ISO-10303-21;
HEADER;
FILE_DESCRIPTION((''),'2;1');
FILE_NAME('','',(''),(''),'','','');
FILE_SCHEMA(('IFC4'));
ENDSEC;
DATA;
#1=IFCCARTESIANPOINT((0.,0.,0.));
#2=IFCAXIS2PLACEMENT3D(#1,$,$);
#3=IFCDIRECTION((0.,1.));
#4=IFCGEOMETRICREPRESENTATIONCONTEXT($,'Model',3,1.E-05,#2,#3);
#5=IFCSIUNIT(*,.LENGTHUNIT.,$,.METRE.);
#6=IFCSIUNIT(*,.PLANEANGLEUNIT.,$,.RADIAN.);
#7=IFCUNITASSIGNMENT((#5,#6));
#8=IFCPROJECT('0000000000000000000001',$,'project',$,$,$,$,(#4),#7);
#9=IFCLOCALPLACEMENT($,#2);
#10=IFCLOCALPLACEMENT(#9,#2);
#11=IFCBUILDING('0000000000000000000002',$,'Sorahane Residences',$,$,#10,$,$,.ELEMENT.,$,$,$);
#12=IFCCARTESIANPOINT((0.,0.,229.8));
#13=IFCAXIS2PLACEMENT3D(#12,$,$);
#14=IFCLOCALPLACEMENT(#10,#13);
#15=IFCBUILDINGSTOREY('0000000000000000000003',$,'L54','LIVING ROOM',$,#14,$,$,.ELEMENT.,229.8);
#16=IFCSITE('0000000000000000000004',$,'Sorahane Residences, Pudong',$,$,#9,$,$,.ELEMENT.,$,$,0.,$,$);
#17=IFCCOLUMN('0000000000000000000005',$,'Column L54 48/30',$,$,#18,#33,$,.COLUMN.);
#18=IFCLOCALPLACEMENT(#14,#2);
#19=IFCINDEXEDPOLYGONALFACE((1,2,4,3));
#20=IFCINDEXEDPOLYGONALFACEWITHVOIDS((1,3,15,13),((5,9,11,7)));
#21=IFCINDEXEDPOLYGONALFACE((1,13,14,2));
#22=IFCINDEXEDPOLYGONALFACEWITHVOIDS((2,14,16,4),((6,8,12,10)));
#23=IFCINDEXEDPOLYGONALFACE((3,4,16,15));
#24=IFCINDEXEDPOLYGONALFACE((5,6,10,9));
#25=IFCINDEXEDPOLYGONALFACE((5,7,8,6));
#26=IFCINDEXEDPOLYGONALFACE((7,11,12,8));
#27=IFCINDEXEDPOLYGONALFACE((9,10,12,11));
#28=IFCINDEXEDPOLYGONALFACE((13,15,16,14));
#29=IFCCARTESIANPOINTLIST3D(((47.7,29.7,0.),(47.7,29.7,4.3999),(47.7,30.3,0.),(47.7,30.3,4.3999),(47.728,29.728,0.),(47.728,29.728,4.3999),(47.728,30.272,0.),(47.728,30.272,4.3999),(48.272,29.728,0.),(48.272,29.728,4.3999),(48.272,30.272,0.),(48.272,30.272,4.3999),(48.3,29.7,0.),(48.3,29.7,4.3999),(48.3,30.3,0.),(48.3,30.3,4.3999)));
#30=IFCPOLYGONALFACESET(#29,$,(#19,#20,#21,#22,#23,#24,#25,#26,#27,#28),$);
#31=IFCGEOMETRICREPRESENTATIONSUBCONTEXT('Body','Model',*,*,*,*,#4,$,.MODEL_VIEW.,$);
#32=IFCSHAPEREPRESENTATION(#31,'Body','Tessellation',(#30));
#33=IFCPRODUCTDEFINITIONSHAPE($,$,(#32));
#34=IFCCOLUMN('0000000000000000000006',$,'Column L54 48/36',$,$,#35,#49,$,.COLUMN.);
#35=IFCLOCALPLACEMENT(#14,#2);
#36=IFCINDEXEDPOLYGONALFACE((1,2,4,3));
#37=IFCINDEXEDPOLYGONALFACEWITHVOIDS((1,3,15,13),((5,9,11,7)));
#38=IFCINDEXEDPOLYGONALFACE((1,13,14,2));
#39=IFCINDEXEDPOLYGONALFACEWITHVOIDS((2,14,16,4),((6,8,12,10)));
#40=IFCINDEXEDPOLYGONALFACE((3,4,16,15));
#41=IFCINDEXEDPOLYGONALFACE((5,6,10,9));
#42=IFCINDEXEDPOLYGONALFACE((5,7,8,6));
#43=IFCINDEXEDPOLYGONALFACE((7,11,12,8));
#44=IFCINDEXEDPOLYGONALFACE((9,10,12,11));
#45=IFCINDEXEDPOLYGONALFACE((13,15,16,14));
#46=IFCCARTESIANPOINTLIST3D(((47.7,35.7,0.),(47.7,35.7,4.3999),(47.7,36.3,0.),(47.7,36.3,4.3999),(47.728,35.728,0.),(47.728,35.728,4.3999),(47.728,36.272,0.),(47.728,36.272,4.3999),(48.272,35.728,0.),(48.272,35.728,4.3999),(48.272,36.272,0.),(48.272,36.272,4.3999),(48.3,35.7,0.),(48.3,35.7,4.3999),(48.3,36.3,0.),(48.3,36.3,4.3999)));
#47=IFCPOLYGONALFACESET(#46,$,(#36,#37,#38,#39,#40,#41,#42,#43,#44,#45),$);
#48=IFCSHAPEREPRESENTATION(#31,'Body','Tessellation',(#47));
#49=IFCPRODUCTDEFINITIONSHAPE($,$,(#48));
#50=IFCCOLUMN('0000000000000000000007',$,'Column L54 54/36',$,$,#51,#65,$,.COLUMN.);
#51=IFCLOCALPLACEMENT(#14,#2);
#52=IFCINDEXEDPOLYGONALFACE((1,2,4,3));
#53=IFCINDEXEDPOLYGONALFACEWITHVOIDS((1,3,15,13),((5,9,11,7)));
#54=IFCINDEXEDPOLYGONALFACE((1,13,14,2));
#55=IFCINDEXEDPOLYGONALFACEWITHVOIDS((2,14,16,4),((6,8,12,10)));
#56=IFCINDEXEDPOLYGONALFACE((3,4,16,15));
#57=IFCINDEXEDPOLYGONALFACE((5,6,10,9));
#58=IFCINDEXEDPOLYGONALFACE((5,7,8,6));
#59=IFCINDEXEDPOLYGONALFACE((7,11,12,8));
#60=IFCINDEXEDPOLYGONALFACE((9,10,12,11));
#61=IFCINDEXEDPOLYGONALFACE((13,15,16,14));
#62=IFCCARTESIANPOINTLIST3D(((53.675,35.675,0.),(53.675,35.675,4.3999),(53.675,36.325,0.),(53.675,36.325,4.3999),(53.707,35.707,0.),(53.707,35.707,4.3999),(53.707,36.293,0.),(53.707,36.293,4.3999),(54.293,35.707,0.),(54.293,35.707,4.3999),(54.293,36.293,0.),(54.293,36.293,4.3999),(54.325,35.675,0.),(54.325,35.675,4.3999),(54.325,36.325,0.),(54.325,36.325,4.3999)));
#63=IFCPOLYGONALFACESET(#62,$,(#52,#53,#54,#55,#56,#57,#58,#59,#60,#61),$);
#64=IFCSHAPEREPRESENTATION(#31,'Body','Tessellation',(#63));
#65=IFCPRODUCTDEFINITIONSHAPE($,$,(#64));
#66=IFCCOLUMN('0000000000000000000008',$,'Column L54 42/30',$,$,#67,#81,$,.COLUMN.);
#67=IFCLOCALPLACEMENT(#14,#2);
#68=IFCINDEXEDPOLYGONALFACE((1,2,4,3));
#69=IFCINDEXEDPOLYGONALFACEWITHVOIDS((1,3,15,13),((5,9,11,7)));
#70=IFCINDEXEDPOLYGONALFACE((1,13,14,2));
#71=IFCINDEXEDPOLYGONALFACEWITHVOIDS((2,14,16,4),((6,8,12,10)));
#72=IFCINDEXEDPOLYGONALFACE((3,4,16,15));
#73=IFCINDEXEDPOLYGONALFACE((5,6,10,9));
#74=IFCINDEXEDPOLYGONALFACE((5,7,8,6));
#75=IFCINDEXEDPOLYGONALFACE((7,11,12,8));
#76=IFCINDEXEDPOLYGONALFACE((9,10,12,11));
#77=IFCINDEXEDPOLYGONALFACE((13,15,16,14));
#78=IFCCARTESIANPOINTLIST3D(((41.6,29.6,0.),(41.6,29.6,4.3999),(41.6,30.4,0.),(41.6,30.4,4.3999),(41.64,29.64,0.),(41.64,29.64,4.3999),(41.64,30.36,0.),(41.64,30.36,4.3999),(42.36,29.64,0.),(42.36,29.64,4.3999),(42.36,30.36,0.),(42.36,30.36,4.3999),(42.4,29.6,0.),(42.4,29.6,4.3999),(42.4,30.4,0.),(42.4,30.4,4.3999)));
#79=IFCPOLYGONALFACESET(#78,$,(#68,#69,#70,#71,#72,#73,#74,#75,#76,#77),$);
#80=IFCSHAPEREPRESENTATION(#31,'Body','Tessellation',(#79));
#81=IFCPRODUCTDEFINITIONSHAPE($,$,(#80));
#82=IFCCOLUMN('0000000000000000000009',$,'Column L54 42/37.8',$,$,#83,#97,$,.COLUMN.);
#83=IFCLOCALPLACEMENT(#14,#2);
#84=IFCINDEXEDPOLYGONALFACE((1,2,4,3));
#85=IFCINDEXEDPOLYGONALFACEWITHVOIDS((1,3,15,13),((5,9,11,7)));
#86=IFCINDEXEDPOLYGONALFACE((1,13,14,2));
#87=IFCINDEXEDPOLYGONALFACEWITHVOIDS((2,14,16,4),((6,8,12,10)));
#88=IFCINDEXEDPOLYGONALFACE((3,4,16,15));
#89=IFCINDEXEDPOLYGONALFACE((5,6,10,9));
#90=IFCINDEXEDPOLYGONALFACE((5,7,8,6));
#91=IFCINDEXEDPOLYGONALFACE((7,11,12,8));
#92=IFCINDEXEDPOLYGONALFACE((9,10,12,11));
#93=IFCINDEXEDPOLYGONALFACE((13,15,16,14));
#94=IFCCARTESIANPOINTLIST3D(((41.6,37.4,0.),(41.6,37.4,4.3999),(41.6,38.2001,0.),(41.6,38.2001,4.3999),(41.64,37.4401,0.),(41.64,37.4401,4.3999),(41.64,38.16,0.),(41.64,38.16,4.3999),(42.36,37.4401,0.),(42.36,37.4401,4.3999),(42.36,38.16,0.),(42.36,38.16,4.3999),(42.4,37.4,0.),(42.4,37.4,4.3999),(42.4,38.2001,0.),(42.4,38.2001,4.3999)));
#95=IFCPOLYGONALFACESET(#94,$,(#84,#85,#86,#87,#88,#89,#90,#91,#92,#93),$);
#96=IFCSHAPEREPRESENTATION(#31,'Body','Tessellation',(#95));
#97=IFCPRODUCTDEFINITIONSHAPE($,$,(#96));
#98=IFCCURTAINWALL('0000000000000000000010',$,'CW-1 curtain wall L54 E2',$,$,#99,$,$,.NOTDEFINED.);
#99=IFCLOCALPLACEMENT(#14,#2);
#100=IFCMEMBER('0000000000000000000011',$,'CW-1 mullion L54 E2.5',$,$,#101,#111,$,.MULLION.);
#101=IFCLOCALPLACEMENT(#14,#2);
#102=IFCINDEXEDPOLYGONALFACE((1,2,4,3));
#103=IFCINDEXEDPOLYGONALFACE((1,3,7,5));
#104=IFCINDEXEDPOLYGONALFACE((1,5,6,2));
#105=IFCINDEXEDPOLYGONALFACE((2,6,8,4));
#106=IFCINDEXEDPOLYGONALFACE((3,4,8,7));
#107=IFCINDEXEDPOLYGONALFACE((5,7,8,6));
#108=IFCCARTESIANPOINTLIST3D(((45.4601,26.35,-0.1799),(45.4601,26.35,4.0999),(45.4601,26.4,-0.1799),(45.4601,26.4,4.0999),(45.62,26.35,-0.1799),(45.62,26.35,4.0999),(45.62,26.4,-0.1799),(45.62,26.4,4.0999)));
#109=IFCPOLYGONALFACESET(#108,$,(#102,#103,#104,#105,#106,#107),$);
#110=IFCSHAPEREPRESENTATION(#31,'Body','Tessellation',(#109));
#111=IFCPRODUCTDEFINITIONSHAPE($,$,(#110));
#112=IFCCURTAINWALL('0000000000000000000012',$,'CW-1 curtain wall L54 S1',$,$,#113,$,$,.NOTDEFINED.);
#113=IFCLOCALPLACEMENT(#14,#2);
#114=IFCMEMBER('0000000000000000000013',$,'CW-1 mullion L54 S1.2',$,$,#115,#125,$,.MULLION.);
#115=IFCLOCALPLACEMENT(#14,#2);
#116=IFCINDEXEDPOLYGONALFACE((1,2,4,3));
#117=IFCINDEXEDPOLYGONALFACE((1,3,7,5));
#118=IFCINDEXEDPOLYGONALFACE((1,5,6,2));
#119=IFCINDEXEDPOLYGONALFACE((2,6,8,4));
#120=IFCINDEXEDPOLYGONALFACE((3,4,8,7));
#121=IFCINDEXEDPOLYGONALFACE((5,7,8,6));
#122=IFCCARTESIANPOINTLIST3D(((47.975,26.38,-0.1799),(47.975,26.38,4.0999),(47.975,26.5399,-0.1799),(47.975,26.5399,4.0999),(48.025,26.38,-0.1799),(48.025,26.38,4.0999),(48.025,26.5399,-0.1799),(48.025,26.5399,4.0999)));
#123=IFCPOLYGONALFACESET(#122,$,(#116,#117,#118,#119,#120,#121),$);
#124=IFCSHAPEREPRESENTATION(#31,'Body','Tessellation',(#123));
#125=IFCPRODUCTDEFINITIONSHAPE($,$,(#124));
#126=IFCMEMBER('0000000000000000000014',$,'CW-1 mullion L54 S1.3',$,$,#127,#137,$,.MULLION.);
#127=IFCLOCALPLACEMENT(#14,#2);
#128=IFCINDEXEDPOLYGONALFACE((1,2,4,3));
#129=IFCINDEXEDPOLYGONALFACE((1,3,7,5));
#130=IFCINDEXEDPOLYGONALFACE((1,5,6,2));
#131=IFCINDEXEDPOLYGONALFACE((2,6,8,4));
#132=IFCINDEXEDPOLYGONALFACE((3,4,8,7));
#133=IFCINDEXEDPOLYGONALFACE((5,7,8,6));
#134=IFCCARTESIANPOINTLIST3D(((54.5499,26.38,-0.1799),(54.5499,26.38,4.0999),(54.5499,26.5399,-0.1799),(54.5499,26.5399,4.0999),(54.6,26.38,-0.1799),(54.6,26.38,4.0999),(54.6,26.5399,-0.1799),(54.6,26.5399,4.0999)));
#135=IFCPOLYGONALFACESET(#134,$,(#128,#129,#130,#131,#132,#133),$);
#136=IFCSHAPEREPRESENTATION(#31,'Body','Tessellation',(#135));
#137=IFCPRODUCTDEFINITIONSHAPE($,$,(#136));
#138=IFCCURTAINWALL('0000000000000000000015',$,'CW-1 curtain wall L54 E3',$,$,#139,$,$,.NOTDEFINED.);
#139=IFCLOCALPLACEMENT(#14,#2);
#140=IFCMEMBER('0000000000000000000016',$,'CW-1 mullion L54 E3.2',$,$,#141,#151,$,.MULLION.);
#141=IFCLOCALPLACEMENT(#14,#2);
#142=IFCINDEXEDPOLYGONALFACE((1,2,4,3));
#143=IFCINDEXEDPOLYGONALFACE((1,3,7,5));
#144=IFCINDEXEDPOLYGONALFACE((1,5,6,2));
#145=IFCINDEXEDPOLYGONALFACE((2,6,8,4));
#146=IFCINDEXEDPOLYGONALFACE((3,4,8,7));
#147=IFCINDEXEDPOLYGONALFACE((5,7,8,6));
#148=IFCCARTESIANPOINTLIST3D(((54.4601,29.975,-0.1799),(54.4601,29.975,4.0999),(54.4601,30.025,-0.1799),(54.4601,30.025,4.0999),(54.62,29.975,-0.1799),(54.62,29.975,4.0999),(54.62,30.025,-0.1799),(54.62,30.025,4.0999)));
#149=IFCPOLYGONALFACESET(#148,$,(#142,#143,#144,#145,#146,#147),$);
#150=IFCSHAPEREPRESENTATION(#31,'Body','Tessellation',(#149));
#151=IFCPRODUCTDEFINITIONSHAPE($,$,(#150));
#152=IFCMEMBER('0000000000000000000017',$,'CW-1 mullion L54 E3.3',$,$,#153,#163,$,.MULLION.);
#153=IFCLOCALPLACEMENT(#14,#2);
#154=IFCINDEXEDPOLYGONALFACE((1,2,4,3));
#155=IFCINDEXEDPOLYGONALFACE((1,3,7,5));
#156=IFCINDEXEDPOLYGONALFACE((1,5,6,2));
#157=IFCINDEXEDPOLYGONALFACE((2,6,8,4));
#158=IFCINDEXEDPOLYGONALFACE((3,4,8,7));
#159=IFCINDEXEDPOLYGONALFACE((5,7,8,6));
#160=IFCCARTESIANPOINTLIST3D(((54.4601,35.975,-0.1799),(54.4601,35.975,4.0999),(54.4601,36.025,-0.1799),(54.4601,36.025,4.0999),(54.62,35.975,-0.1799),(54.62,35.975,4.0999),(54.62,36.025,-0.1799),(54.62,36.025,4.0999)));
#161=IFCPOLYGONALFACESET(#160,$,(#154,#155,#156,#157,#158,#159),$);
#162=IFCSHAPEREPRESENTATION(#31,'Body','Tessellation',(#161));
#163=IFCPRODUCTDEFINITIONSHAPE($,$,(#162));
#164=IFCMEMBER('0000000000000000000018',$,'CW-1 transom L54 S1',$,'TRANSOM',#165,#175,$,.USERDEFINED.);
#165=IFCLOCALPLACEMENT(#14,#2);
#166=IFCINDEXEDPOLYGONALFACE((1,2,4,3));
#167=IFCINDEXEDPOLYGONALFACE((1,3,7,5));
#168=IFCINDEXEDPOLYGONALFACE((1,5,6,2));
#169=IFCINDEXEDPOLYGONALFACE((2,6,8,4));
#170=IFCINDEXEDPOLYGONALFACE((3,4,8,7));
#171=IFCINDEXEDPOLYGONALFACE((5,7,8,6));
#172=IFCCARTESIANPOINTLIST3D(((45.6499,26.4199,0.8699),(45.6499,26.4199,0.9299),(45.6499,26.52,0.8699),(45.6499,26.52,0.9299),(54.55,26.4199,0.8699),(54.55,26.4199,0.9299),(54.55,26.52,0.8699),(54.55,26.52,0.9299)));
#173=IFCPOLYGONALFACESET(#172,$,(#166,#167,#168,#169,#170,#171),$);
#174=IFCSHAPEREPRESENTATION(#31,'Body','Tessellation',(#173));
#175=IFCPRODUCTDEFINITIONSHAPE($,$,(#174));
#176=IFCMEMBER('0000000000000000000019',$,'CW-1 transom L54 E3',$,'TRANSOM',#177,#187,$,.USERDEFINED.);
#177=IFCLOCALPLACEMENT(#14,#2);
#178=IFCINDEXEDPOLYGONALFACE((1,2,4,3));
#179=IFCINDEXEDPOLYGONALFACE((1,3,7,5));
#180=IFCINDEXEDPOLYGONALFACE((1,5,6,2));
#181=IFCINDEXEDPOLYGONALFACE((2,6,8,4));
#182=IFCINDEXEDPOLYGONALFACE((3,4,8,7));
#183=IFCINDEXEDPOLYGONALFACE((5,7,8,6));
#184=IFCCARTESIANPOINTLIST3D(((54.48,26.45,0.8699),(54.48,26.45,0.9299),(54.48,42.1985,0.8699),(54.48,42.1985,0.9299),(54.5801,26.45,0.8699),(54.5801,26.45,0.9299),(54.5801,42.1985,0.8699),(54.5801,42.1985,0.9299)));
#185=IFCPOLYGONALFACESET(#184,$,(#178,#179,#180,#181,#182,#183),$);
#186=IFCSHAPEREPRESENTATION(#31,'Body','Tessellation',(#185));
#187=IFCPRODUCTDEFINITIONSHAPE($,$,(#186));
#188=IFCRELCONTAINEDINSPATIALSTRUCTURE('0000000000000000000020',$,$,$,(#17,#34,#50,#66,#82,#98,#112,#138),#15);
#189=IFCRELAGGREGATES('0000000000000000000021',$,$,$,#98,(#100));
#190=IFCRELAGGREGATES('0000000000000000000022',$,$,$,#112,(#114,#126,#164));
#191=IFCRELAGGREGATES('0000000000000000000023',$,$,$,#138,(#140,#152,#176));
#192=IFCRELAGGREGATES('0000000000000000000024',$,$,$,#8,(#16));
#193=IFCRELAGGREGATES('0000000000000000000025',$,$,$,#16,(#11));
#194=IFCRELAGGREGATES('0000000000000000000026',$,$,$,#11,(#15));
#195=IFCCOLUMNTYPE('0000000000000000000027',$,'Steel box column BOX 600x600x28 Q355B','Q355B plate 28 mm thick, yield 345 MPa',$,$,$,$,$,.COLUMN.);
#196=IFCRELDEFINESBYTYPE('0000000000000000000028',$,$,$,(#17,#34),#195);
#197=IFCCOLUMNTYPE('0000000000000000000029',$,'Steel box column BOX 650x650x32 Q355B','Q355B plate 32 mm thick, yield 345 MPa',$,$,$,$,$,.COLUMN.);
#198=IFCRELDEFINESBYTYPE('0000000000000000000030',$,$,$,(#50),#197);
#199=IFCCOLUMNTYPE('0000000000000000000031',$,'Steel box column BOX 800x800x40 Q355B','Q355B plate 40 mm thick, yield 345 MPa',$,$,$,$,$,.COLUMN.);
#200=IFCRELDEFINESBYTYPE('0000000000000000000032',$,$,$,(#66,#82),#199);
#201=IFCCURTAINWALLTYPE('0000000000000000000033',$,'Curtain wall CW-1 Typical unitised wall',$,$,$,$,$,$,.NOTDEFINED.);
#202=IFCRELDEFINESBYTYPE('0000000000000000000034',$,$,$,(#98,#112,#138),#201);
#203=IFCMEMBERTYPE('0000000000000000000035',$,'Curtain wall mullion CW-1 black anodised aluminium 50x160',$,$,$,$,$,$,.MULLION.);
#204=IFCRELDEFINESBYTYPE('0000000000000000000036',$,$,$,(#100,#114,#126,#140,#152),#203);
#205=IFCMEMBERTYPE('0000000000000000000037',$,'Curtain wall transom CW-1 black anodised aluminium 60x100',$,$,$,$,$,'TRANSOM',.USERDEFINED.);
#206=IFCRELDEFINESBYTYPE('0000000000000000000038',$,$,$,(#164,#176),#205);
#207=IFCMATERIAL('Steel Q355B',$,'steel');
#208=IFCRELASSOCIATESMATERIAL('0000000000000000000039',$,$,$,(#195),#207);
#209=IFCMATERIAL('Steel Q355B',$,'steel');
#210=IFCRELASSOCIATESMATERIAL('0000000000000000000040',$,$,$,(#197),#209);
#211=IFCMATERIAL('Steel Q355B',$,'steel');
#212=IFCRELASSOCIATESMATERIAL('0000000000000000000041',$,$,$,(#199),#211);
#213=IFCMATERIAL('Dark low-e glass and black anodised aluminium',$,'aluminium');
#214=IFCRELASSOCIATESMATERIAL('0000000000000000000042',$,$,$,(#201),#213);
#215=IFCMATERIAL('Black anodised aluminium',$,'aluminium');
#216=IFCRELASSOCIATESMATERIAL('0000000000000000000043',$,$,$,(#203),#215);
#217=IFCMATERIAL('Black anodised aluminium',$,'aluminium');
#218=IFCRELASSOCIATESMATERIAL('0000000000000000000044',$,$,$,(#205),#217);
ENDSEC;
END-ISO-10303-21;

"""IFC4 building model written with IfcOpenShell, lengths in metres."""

from ifc_helpers import new_model, si_unit, direction, frame, origin, origin_2d, place, context, subcontext, project, spatial, rectangle, hollow_rectangle, extrude, material, material_profile, profile_set, type_object, element, aggregate, save


model = new_model("IFC4")

# Units and contexts
model_context = context("Model", 3, precision=1e-05, world=origin(), true_north=direction((0.0, 1.0)))
body_context = subcontext(model_context, "Body", "Model", "MODEL_VIEW")
ifc_project = project(units=[si_unit("LENGTHUNIT", "METRE"), si_unit("PLANEANGLEUNIT", "RADIAN")], contexts=[model_context])

# Site, building, storey
site_placement = place(None, origin())
site = spatial("IfcSite", under=ifc_project, at=site_placement, Name="Sorahane Residences, Pudong", CompositionType="ELEMENT", RefElevation=0.0)
building_placement = place(site_placement, origin())
building = spatial("IfcBuilding", under=site, at=building_placement, Name="Sorahane Residences", CompositionType="ELEMENT")
storey_placement = place(building_placement, frame((0.0, 0.0, 229.8)))
storey = spatial("IfcBuildingStorey", under=building, at=storey_placement, Name="L54", Description="LIVING ROOM", CompositionType="ELEMENT", Elevation=229.8)

# Columns
ifc_material_1 = material(Name="Steel Q355B", Category="steel")
ifc_material_profile_1 = material_profile(ifc_material_1, hollow_rectangle(XDim=0.6001, YDim=0.6001, WallThickness=0.0281, at=origin_2d()), Name="BOX 600x600x28")
ifc_profile_set_1 = profile_set([ifc_material_profile_1], Name="Steel Q355B")
column_type_1 = type_object("IfcColumnType", Name="Steel box column BOX 600x600x28 Q355B", Description="Q355B plate 28 mm thick, yield 345 MPa", PredefinedType="COLUMN", material=ifc_profile_set_1)
for number, where, z_axis, x_axis, name in (
    (1, (48.0, 30.0, 0.0), (0.0, 0.0, 1.0), (1.0, 0.0, 0.0), "Column L54 48/30"),
    (2, (48.0, 36.0, 0.0), (0.0, 0.0, 1.0), (1.0, 0.0, 0.0), "Column L54 48/36"),
):
    element("IfcColumn", number, at=place(storey_placement, frame(where, z_axis=z_axis, x_axis=x_axis)), inside=storey, type_object=column_type_1, Name=name, PredefinedType="COLUMN", context=body_context, shape_type="SweptSolid", body=[
        extrude(hollow_rectangle(XDim=0.6001, YDim=0.6001, WallThickness=0.0281, at=origin_2d()), origin(), (0.0, 0.0, 1.0), 4.3999),
    ])
ifc_material_2 = material(Name="Steel Q355B", Category="steel")
ifc_material_profile_2 = material_profile(ifc_material_2, hollow_rectangle(XDim=0.6499, YDim=0.6499, WallThickness=0.032, at=origin_2d()), Name="BOX 650x650x32")
ifc_profile_set_2 = profile_set([ifc_material_profile_2], Name="Steel Q355B")
column_type_2 = type_object("IfcColumnType", Name="Steel box column BOX 650x650x32 Q355B", Description="Q355B plate 32 mm thick, yield 345 MPa", PredefinedType="COLUMN", material=ifc_profile_set_2)
column_placement = place(storey_placement, frame((54.0, 36.0, 0.0), z_axis=(0.0, 0.0, 1.0), x_axis=(1.0, 0.0, 0.0)))
element("IfcColumn", 3, at=column_placement, inside=storey, type_object=column_type_2, Name="Column L54 54/36", PredefinedType="COLUMN", context=body_context, shape_type="SweptSolid", body=[
    extrude(hollow_rectangle(XDim=0.6499, YDim=0.6499, WallThickness=0.032, at=origin_2d()), origin(), (0.0, 0.0, 1.0), 4.3999),
])
ifc_material_3 = material(Name="Steel Q355B", Category="steel")
ifc_material_profile_3 = material_profile(ifc_material_3, hollow_rectangle(XDim=0.8, YDim=0.8, WallThickness=0.04, at=origin_2d()), Name="BOX 800x800x40")
ifc_profile_set_3 = profile_set([ifc_material_profile_3], Name="Steel Q355B")
column_type_3 = type_object("IfcColumnType", Name="Steel box column BOX 800x800x40 Q355B", Description="Q355B plate 40 mm thick, yield 345 MPa", PredefinedType="COLUMN", material=ifc_profile_set_3)
for number, where, z_axis, x_axis, name in (
    (4, (42.0, 30.0, 0.0), (0.0, 0.0, 1.0), (1.0, 0.0, 0.0), "Column L54 42/30"),
    (5, (42.0, 37.8, 0.0), (0.0, 0.0, 1.0), (1.0, 0.0, 0.0), "Column L54 42/37.8"),
):
    element("IfcColumn", number, at=place(storey_placement, frame(where, z_axis=z_axis, x_axis=x_axis)), inside=storey, type_object=column_type_3, Name=name, PredefinedType="COLUMN", context=body_context, shape_type="SweptSolid", body=[
        extrude(hollow_rectangle(XDim=0.8, YDim=0.8, WallThickness=0.04, at=origin_2d()), origin(), (0.0, 0.0, 1.0), 4.3999),
    ])

# Curtain wall, member
ifc_material_4 = material(Name="Dark low-e glass and black anodised aluminium", Category="aluminium")
curtain_wall_type = type_object("IfcCurtainWallType", Name="Curtain wall CW-1 Typical unitised wall", PredefinedType="NOTDEFINED", material=ifc_material_4)
curtain_wall_1_placement = place(storey_placement, origin())
curtain_wall_1 = element("IfcCurtainWall", 6, at=curtain_wall_1_placement, inside=storey, type_object=curtain_wall_type, Name="CW-1 curtain wall L54 E2", PredefinedType="NOTDEFINED")
ifc_material_5 = material(Name="Black anodised aluminium", Category="aluminium")
ifc_material_profile_4 = material_profile(ifc_material_5, rectangle(XDim=0.1599, YDim=0.05, at=origin_2d()), Name="Curtain wall mullion CW-1 black anodised aluminium 50x160")
ifc_profile_set_4 = profile_set([ifc_material_profile_4], Name="Black anodised aluminium")
member_type_1 = type_object("IfcMemberType", Name="Curtain wall mullion CW-1 black anodised aluminium 50x160", PredefinedType="MULLION", material=ifc_profile_set_4)
member_1_placement = place(storey_placement, frame((45.54, 26.375, -0.1799), z_axis=(0.0, 0.0, 1.0), x_axis=(1.0, 0.0, 0.0)))
member_1 = element("IfcMember", 7, at=member_1_placement, type_object=member_type_1, Name="CW-1 mullion L54 E2.5", PredefinedType="MULLION", context=body_context, shape_type="SweptSolid", body=[
    extrude(rectangle(XDim=0.1599, YDim=0.05, at=origin_2d()), origin(), (0.0, 0.0, 1.0), 4.2798),
])
aggregate(curtain_wall_1, [member_1])

# Curtain walls, members
curtain_wall_2_placement = place(storey_placement, origin())
curtain_wall_2 = element("IfcCurtainWall", 8, at=curtain_wall_2_placement, inside=storey, type_object=curtain_wall_type, Name="CW-1 curtain wall L54 S1", PredefinedType="NOTDEFINED")
member_2_placement = place(storey_placement, frame((48.0, 26.46, -0.1799), z_axis=(0.0, 0.0, 1.0), x_axis=(0.0, -1.0, 0.0)))
member_2 = element("IfcMember", 9, at=member_2_placement, type_object=member_type_1, Name="CW-1 mullion L54 S1.2", PredefinedType="MULLION", context=body_context, shape_type="SweptSolid", body=[
    extrude(rectangle(XDim=0.1599, YDim=0.05, at=origin_2d()), origin(), (0.0, 0.0, 1.0), 4.2798),
])
member_3_placement = place(storey_placement, frame((54.575, 26.46, -0.1799), z_axis=(0.0, 0.0, 1.0), x_axis=(0.0, -1.0, 0.0)))
member_3 = element("IfcMember", 10, at=member_3_placement, type_object=member_type_1, Name="CW-1 mullion L54 S1.3", PredefinedType="MULLION", context=body_context, shape_type="SweptSolid", body=[
    extrude(rectangle(XDim=0.1599, YDim=0.05, at=origin_2d()), origin(), (0.0, 0.0, 1.0), 4.2798),
])
curtain_wall_3_placement = place(storey_placement, origin())
curtain_wall_3 = element("IfcCurtainWall", 11, at=curtain_wall_3_placement, inside=storey, type_object=curtain_wall_type, Name="CW-1 curtain wall L54 E3", PredefinedType="NOTDEFINED")
member_4_placement = place(storey_placement, frame((54.54, 30.0, -0.1799), z_axis=(0.0, 0.0, 1.0), x_axis=(1.0, 0.0, 0.0)))
member_4 = element("IfcMember", 12, at=member_4_placement, type_object=member_type_1, Name="CW-1 mullion L54 E3.2", PredefinedType="MULLION", context=body_context, shape_type="SweptSolid", body=[
    extrude(rectangle(XDim=0.1599, YDim=0.05, at=origin_2d()), origin(), (0.0, 0.0, 1.0), 4.2798),
])
member_5_placement = place(storey_placement, frame((54.54, 36.0, -0.1799), z_axis=(0.0, 0.0, 1.0), x_axis=(1.0, 0.0, 0.0)))
member_5 = element("IfcMember", 13, at=member_5_placement, type_object=member_type_1, Name="CW-1 mullion L54 E3.3", PredefinedType="MULLION", context=body_context, shape_type="SweptSolid", body=[
    extrude(rectangle(XDim=0.1599, YDim=0.05, at=origin_2d()), origin(), (0.0, 0.0, 1.0), 4.2798),
])

# Members
ifc_material_6 = material(Name="Black anodised aluminium", Category="aluminium")
ifc_material_profile_5 = material_profile(ifc_material_6, rectangle(XDim=0.1001, YDim=0.0601, at=origin_2d()), Name="Curtain wall transom CW-1 black anodised aluminium 60x100")
ifc_profile_set_5 = profile_set([ifc_material_profile_5], Name="Black anodised aluminium")
member_type_2 = type_object("IfcMemberType", Name="Curtain wall transom CW-1 black anodised aluminium 60x100", ElementType="TRANSOM", PredefinedType="USERDEFINED", material=ifc_profile_set_5)
member_6_placement = place(storey_placement, frame((45.6499, 26.47, 0.8999), z_axis=(1.0, 0.0, 0.0), x_axis=(0.0, 1.0, 0.0)))
member_6 = element("IfcMember", 14, at=member_6_placement, type_object=member_type_2, Name="CW-1 transom L54 S1", ObjectType="TRANSOM", PredefinedType="USERDEFINED", context=body_context, shape_type="SweptSolid", body=[
    extrude(rectangle(XDim=0.1001, YDim=0.0601, at=origin_2d()), origin(), (0.0, 0.0, 1.0), 8.9001),
])
member_7_placement = place(storey_placement, frame((54.53, 26.45, 0.8999), z_axis=(0.0, 1.0, 0.0), x_axis=(-1.0, 0.0, 0.0)))
member_7 = element("IfcMember", 15, at=member_7_placement, type_object=member_type_2, Name="CW-1 transom L54 E3", ObjectType="TRANSOM", PredefinedType="USERDEFINED", context=body_context, shape_type="SweptSolid", body=[
    extrude(rectangle(XDim=0.1001, YDim=0.0601, at=origin_2d()), origin(), (0.0, 0.0, 1.0), 15.7485),
])

aggregate(curtain_wall_2, [member_2, member_3, member_6])
aggregate(curtain_wall_3, [member_4, member_5, member_7])

save(model, "model.ifc")
